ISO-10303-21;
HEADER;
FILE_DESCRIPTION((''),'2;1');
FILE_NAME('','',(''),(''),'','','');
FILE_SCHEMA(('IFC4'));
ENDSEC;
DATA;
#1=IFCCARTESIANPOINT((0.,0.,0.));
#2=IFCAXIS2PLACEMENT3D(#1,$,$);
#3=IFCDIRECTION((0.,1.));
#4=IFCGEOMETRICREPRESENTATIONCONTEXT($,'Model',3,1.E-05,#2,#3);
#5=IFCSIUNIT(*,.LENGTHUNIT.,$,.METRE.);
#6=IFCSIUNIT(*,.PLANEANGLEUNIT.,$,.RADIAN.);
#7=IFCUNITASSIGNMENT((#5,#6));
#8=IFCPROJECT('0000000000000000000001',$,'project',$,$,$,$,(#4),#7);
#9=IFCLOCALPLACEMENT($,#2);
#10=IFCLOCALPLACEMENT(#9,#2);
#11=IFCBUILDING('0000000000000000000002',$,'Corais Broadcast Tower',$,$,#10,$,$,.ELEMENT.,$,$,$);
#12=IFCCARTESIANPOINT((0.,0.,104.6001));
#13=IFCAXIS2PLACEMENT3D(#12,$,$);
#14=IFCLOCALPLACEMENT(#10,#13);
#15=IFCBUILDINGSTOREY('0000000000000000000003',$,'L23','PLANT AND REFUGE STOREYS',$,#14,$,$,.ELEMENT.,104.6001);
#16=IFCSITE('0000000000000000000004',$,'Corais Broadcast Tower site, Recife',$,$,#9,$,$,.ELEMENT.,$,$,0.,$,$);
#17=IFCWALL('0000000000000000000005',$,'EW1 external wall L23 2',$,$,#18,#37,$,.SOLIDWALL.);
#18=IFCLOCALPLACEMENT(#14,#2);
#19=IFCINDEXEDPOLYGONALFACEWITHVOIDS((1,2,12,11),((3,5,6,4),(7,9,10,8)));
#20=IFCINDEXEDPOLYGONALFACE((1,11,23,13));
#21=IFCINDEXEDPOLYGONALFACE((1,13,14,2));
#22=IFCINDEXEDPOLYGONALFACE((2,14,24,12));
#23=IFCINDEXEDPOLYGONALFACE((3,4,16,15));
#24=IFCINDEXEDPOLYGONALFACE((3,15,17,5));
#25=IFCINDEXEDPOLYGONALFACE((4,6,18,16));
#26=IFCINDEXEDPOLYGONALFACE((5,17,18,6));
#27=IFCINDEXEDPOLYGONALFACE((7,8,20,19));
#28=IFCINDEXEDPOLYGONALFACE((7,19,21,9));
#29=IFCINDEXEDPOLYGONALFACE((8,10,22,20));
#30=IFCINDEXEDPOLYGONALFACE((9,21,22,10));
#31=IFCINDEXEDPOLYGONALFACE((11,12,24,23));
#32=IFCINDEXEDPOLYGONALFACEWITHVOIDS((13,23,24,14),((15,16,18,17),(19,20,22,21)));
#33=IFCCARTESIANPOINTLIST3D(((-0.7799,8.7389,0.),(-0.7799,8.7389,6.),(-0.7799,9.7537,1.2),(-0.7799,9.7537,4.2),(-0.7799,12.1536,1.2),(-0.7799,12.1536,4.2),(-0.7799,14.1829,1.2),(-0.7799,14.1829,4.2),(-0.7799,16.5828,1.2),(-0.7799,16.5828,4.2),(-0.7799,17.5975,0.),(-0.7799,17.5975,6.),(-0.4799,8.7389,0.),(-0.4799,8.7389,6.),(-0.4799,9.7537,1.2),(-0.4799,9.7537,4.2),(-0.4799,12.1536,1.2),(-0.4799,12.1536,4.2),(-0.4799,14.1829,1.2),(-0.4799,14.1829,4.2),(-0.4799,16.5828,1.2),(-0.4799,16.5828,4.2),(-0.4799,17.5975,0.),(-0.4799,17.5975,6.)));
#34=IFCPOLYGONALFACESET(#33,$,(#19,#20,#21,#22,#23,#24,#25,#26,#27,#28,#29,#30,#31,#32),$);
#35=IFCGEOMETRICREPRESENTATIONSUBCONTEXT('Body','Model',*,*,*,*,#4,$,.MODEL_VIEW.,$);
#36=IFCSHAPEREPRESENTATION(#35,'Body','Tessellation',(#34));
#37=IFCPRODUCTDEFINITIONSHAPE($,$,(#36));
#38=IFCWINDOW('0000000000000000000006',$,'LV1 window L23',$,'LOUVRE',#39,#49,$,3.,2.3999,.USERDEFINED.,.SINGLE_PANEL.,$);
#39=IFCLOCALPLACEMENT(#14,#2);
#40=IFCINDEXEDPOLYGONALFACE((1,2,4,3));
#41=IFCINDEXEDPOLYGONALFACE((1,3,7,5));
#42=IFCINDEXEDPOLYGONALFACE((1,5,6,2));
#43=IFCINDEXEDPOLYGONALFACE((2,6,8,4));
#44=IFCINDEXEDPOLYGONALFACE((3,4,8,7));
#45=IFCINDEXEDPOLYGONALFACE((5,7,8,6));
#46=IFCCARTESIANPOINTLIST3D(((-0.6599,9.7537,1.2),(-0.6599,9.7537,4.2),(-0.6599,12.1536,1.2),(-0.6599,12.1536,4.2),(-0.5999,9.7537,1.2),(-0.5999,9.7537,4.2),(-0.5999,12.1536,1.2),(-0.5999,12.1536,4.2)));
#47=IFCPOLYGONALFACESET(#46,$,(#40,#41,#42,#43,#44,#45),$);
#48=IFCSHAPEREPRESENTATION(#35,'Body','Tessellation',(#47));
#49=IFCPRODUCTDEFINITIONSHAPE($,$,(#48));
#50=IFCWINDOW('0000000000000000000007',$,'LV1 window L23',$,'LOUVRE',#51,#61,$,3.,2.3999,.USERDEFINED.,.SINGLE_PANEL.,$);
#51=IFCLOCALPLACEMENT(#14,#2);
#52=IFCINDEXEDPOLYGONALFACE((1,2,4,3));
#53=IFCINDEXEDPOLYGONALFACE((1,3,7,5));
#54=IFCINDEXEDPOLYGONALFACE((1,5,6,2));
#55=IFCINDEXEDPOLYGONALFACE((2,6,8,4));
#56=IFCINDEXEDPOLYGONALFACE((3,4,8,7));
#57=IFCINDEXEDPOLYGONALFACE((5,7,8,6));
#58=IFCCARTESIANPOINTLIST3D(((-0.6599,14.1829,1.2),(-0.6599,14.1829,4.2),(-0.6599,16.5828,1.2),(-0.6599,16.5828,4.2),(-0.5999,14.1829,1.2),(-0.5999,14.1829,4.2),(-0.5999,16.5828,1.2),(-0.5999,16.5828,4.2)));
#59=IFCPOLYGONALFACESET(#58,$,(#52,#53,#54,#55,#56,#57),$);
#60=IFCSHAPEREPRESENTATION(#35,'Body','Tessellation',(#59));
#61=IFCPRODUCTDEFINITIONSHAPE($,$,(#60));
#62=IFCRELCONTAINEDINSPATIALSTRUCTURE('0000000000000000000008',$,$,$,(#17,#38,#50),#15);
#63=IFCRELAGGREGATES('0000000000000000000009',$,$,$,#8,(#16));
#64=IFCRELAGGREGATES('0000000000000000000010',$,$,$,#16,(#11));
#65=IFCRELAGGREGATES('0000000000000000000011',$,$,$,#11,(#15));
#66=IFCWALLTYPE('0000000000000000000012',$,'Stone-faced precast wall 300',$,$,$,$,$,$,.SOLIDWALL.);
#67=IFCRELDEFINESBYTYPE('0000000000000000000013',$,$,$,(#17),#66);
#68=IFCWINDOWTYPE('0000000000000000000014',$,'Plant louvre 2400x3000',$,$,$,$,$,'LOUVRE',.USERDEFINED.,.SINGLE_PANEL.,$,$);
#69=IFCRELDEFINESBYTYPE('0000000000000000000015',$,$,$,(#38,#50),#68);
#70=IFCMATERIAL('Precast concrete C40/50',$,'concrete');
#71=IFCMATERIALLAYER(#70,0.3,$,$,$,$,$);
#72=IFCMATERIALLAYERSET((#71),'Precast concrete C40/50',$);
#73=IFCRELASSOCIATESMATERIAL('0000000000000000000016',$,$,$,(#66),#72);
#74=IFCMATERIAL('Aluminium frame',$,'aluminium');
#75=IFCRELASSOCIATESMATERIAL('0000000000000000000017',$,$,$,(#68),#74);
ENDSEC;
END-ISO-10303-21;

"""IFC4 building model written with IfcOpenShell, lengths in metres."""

from ifc_helpers import new_model, si_unit, direction, frame, frame_2d, origin, place, context, subcontext, project, spatial, rectangle, extrude, material, layer, layer_set, type_object, element, fill, save


model = new_model("IFC4")

# Units and contexts
model_context = context("Model", 3, precision=1e-05, world=origin(), true_north=direction((0.0, 1.0)))
body_context = subcontext(model_context, "Body", "Model", "MODEL_VIEW")
ifc_project = project(units=[si_unit("LENGTHUNIT", "METRE"), si_unit("PLANEANGLEUNIT", "RADIAN")], contexts=[model_context])

# Site, building, storey
site_placement = place(None, origin())
site = spatial("IfcSite", under=ifc_project, at=site_placement, Name="Corais Broadcast Tower site, Recife", CompositionType="ELEMENT", RefElevation=0.0)
building_placement = place(site_placement, origin())
building = spatial("IfcBuilding", under=site, at=building_placement, Name="Corais Broadcast Tower", CompositionType="ELEMENT")
storey_placement = place(building_placement, frame((0.0, 0.0, 104.6001)))
storey = spatial("IfcBuildingStorey", under=building, at=storey_placement, Name="L23", Description="PLANT AND REFUGE STOREYS", CompositionType="ELEMENT", Elevation=104.6001)

# Wall, openings, windows
ifc_material_1 = material(Name="Precast concrete C40/50", Category="concrete")
ifc_layer_1 = layer(ifc_material_1, 0.3)
ifc_layer_set_1 = layer_set([ifc_layer_1], Name="Precast concrete C40/50")
wall_type_1 = type_object("IfcWallType", Name="Stone-faced precast wall 300", PredefinedType="SOLIDWALL", material=ifc_layer_set_1)
wall_1_placement = place(storey_placement, frame((-0.6299, 8.739, 0.0), z_axis=(0.0, 0.0, 1.0), x_axis=(0.0, 1.0, 0.0)))
wall_1 = element("IfcWall", 1, at=wall_1_placement, inside=storey, type_object=wall_type_1, Name="EW1 external wall L23 2", PredefinedType="SOLIDWALL", context=body_context, shape_type="SweptSolid", body=[
    extrude(rectangle(XDim=8.8586, YDim=0.3, at=frame_2d((4.4292, 0.0))), origin(), (0.0, 0.0, 1.0), 6.0),
])
opening_1_placement = place(wall_1_placement, frame((1.0146, 0.0, 1.2)))
opening_1 = element("IfcOpeningElement", 2, at=opening_1_placement, cuts=wall_1, PredefinedType="OPENING", context=body_context, shape_type="SweptSolid", body=[
    extrude(rectangle(XDim=2.3999, YDim=3.0, at=frame_2d((1.2, 1.5))), frame((0.0, 0.1599, 0.0), z_axis=(0.0, -1.0, 0.0), x_axis=(1.0, 0.0, 0.0)), (0.0, 0.0, 1.0), 0.3201),
])
opening_2_placement = place(wall_1_placement, frame((5.4438, 0.0, 1.2)))
opening_2 = element("IfcOpeningElement", 3, at=opening_2_placement, cuts=wall_1, PredefinedType="OPENING", context=body_context, shape_type="SweptSolid", body=[
    extrude(rectangle(XDim=2.3999, YDim=3.0, at=frame_2d((1.2, 1.5))), frame((0.0, 0.1599, 0.0), z_axis=(0.0, -1.0, 0.0), x_axis=(1.0, 0.0, 0.0)), (0.0, 0.0, 1.0), 0.3201),
])
ifc_material_2 = material(Name="Aluminium frame", Category="aluminium")
window_type = type_object("IfcWindowType", Name="Plant louvre 2400x3000", ElementType="LOUVRE", PartitioningType="SINGLE_PANEL", PredefinedType="USERDEFINED", material=ifc_material_2)
window_1_placement = place(opening_1_placement, origin())
window_1 = element("IfcWindow", 4, at=window_1_placement, inside=storey, type_object=window_type, Name="LV1 window L23", ObjectType="LOUVRE", OverallHeight=3.0, OverallWidth=2.3999, PartitioningType="SINGLE_PANEL", PredefinedType="USERDEFINED", context=body_context, shape_type="SweptSolid", body=[
    extrude(rectangle(XDim=2.3999, YDim=3.0, at=frame_2d((1.2, 1.5))), frame((0.0, 0.03, 0.0), z_axis=(0.0, -1.0, 0.0), x_axis=(1.0, 0.0, 0.0)), (0.0, 0.0, 1.0), 0.0601),
])
fill(opening_1, window_1)
window_2_placement = place(opening_2_placement, origin())
window_2 = element("IfcWindow", 5, at=window_2_placement, inside=storey, type_object=window_type, Name="LV1 window L23", ObjectType="LOUVRE", OverallHeight=3.0, OverallWidth=2.3999, PartitioningType="SINGLE_PANEL", PredefinedType="USERDEFINED", context=body_context, shape_type="SweptSolid", body=[
    extrude(rectangle(XDim=2.3999, YDim=3.0, at=frame_2d((1.2, 1.5))), frame((0.0, 0.03, 0.0), z_axis=(0.0, -1.0, 0.0), x_axis=(1.0, 0.0, 0.0)), (0.0, 0.0, 1.0), 0.0601),
])
fill(opening_2, window_2)

save(model, "model.ifc")
